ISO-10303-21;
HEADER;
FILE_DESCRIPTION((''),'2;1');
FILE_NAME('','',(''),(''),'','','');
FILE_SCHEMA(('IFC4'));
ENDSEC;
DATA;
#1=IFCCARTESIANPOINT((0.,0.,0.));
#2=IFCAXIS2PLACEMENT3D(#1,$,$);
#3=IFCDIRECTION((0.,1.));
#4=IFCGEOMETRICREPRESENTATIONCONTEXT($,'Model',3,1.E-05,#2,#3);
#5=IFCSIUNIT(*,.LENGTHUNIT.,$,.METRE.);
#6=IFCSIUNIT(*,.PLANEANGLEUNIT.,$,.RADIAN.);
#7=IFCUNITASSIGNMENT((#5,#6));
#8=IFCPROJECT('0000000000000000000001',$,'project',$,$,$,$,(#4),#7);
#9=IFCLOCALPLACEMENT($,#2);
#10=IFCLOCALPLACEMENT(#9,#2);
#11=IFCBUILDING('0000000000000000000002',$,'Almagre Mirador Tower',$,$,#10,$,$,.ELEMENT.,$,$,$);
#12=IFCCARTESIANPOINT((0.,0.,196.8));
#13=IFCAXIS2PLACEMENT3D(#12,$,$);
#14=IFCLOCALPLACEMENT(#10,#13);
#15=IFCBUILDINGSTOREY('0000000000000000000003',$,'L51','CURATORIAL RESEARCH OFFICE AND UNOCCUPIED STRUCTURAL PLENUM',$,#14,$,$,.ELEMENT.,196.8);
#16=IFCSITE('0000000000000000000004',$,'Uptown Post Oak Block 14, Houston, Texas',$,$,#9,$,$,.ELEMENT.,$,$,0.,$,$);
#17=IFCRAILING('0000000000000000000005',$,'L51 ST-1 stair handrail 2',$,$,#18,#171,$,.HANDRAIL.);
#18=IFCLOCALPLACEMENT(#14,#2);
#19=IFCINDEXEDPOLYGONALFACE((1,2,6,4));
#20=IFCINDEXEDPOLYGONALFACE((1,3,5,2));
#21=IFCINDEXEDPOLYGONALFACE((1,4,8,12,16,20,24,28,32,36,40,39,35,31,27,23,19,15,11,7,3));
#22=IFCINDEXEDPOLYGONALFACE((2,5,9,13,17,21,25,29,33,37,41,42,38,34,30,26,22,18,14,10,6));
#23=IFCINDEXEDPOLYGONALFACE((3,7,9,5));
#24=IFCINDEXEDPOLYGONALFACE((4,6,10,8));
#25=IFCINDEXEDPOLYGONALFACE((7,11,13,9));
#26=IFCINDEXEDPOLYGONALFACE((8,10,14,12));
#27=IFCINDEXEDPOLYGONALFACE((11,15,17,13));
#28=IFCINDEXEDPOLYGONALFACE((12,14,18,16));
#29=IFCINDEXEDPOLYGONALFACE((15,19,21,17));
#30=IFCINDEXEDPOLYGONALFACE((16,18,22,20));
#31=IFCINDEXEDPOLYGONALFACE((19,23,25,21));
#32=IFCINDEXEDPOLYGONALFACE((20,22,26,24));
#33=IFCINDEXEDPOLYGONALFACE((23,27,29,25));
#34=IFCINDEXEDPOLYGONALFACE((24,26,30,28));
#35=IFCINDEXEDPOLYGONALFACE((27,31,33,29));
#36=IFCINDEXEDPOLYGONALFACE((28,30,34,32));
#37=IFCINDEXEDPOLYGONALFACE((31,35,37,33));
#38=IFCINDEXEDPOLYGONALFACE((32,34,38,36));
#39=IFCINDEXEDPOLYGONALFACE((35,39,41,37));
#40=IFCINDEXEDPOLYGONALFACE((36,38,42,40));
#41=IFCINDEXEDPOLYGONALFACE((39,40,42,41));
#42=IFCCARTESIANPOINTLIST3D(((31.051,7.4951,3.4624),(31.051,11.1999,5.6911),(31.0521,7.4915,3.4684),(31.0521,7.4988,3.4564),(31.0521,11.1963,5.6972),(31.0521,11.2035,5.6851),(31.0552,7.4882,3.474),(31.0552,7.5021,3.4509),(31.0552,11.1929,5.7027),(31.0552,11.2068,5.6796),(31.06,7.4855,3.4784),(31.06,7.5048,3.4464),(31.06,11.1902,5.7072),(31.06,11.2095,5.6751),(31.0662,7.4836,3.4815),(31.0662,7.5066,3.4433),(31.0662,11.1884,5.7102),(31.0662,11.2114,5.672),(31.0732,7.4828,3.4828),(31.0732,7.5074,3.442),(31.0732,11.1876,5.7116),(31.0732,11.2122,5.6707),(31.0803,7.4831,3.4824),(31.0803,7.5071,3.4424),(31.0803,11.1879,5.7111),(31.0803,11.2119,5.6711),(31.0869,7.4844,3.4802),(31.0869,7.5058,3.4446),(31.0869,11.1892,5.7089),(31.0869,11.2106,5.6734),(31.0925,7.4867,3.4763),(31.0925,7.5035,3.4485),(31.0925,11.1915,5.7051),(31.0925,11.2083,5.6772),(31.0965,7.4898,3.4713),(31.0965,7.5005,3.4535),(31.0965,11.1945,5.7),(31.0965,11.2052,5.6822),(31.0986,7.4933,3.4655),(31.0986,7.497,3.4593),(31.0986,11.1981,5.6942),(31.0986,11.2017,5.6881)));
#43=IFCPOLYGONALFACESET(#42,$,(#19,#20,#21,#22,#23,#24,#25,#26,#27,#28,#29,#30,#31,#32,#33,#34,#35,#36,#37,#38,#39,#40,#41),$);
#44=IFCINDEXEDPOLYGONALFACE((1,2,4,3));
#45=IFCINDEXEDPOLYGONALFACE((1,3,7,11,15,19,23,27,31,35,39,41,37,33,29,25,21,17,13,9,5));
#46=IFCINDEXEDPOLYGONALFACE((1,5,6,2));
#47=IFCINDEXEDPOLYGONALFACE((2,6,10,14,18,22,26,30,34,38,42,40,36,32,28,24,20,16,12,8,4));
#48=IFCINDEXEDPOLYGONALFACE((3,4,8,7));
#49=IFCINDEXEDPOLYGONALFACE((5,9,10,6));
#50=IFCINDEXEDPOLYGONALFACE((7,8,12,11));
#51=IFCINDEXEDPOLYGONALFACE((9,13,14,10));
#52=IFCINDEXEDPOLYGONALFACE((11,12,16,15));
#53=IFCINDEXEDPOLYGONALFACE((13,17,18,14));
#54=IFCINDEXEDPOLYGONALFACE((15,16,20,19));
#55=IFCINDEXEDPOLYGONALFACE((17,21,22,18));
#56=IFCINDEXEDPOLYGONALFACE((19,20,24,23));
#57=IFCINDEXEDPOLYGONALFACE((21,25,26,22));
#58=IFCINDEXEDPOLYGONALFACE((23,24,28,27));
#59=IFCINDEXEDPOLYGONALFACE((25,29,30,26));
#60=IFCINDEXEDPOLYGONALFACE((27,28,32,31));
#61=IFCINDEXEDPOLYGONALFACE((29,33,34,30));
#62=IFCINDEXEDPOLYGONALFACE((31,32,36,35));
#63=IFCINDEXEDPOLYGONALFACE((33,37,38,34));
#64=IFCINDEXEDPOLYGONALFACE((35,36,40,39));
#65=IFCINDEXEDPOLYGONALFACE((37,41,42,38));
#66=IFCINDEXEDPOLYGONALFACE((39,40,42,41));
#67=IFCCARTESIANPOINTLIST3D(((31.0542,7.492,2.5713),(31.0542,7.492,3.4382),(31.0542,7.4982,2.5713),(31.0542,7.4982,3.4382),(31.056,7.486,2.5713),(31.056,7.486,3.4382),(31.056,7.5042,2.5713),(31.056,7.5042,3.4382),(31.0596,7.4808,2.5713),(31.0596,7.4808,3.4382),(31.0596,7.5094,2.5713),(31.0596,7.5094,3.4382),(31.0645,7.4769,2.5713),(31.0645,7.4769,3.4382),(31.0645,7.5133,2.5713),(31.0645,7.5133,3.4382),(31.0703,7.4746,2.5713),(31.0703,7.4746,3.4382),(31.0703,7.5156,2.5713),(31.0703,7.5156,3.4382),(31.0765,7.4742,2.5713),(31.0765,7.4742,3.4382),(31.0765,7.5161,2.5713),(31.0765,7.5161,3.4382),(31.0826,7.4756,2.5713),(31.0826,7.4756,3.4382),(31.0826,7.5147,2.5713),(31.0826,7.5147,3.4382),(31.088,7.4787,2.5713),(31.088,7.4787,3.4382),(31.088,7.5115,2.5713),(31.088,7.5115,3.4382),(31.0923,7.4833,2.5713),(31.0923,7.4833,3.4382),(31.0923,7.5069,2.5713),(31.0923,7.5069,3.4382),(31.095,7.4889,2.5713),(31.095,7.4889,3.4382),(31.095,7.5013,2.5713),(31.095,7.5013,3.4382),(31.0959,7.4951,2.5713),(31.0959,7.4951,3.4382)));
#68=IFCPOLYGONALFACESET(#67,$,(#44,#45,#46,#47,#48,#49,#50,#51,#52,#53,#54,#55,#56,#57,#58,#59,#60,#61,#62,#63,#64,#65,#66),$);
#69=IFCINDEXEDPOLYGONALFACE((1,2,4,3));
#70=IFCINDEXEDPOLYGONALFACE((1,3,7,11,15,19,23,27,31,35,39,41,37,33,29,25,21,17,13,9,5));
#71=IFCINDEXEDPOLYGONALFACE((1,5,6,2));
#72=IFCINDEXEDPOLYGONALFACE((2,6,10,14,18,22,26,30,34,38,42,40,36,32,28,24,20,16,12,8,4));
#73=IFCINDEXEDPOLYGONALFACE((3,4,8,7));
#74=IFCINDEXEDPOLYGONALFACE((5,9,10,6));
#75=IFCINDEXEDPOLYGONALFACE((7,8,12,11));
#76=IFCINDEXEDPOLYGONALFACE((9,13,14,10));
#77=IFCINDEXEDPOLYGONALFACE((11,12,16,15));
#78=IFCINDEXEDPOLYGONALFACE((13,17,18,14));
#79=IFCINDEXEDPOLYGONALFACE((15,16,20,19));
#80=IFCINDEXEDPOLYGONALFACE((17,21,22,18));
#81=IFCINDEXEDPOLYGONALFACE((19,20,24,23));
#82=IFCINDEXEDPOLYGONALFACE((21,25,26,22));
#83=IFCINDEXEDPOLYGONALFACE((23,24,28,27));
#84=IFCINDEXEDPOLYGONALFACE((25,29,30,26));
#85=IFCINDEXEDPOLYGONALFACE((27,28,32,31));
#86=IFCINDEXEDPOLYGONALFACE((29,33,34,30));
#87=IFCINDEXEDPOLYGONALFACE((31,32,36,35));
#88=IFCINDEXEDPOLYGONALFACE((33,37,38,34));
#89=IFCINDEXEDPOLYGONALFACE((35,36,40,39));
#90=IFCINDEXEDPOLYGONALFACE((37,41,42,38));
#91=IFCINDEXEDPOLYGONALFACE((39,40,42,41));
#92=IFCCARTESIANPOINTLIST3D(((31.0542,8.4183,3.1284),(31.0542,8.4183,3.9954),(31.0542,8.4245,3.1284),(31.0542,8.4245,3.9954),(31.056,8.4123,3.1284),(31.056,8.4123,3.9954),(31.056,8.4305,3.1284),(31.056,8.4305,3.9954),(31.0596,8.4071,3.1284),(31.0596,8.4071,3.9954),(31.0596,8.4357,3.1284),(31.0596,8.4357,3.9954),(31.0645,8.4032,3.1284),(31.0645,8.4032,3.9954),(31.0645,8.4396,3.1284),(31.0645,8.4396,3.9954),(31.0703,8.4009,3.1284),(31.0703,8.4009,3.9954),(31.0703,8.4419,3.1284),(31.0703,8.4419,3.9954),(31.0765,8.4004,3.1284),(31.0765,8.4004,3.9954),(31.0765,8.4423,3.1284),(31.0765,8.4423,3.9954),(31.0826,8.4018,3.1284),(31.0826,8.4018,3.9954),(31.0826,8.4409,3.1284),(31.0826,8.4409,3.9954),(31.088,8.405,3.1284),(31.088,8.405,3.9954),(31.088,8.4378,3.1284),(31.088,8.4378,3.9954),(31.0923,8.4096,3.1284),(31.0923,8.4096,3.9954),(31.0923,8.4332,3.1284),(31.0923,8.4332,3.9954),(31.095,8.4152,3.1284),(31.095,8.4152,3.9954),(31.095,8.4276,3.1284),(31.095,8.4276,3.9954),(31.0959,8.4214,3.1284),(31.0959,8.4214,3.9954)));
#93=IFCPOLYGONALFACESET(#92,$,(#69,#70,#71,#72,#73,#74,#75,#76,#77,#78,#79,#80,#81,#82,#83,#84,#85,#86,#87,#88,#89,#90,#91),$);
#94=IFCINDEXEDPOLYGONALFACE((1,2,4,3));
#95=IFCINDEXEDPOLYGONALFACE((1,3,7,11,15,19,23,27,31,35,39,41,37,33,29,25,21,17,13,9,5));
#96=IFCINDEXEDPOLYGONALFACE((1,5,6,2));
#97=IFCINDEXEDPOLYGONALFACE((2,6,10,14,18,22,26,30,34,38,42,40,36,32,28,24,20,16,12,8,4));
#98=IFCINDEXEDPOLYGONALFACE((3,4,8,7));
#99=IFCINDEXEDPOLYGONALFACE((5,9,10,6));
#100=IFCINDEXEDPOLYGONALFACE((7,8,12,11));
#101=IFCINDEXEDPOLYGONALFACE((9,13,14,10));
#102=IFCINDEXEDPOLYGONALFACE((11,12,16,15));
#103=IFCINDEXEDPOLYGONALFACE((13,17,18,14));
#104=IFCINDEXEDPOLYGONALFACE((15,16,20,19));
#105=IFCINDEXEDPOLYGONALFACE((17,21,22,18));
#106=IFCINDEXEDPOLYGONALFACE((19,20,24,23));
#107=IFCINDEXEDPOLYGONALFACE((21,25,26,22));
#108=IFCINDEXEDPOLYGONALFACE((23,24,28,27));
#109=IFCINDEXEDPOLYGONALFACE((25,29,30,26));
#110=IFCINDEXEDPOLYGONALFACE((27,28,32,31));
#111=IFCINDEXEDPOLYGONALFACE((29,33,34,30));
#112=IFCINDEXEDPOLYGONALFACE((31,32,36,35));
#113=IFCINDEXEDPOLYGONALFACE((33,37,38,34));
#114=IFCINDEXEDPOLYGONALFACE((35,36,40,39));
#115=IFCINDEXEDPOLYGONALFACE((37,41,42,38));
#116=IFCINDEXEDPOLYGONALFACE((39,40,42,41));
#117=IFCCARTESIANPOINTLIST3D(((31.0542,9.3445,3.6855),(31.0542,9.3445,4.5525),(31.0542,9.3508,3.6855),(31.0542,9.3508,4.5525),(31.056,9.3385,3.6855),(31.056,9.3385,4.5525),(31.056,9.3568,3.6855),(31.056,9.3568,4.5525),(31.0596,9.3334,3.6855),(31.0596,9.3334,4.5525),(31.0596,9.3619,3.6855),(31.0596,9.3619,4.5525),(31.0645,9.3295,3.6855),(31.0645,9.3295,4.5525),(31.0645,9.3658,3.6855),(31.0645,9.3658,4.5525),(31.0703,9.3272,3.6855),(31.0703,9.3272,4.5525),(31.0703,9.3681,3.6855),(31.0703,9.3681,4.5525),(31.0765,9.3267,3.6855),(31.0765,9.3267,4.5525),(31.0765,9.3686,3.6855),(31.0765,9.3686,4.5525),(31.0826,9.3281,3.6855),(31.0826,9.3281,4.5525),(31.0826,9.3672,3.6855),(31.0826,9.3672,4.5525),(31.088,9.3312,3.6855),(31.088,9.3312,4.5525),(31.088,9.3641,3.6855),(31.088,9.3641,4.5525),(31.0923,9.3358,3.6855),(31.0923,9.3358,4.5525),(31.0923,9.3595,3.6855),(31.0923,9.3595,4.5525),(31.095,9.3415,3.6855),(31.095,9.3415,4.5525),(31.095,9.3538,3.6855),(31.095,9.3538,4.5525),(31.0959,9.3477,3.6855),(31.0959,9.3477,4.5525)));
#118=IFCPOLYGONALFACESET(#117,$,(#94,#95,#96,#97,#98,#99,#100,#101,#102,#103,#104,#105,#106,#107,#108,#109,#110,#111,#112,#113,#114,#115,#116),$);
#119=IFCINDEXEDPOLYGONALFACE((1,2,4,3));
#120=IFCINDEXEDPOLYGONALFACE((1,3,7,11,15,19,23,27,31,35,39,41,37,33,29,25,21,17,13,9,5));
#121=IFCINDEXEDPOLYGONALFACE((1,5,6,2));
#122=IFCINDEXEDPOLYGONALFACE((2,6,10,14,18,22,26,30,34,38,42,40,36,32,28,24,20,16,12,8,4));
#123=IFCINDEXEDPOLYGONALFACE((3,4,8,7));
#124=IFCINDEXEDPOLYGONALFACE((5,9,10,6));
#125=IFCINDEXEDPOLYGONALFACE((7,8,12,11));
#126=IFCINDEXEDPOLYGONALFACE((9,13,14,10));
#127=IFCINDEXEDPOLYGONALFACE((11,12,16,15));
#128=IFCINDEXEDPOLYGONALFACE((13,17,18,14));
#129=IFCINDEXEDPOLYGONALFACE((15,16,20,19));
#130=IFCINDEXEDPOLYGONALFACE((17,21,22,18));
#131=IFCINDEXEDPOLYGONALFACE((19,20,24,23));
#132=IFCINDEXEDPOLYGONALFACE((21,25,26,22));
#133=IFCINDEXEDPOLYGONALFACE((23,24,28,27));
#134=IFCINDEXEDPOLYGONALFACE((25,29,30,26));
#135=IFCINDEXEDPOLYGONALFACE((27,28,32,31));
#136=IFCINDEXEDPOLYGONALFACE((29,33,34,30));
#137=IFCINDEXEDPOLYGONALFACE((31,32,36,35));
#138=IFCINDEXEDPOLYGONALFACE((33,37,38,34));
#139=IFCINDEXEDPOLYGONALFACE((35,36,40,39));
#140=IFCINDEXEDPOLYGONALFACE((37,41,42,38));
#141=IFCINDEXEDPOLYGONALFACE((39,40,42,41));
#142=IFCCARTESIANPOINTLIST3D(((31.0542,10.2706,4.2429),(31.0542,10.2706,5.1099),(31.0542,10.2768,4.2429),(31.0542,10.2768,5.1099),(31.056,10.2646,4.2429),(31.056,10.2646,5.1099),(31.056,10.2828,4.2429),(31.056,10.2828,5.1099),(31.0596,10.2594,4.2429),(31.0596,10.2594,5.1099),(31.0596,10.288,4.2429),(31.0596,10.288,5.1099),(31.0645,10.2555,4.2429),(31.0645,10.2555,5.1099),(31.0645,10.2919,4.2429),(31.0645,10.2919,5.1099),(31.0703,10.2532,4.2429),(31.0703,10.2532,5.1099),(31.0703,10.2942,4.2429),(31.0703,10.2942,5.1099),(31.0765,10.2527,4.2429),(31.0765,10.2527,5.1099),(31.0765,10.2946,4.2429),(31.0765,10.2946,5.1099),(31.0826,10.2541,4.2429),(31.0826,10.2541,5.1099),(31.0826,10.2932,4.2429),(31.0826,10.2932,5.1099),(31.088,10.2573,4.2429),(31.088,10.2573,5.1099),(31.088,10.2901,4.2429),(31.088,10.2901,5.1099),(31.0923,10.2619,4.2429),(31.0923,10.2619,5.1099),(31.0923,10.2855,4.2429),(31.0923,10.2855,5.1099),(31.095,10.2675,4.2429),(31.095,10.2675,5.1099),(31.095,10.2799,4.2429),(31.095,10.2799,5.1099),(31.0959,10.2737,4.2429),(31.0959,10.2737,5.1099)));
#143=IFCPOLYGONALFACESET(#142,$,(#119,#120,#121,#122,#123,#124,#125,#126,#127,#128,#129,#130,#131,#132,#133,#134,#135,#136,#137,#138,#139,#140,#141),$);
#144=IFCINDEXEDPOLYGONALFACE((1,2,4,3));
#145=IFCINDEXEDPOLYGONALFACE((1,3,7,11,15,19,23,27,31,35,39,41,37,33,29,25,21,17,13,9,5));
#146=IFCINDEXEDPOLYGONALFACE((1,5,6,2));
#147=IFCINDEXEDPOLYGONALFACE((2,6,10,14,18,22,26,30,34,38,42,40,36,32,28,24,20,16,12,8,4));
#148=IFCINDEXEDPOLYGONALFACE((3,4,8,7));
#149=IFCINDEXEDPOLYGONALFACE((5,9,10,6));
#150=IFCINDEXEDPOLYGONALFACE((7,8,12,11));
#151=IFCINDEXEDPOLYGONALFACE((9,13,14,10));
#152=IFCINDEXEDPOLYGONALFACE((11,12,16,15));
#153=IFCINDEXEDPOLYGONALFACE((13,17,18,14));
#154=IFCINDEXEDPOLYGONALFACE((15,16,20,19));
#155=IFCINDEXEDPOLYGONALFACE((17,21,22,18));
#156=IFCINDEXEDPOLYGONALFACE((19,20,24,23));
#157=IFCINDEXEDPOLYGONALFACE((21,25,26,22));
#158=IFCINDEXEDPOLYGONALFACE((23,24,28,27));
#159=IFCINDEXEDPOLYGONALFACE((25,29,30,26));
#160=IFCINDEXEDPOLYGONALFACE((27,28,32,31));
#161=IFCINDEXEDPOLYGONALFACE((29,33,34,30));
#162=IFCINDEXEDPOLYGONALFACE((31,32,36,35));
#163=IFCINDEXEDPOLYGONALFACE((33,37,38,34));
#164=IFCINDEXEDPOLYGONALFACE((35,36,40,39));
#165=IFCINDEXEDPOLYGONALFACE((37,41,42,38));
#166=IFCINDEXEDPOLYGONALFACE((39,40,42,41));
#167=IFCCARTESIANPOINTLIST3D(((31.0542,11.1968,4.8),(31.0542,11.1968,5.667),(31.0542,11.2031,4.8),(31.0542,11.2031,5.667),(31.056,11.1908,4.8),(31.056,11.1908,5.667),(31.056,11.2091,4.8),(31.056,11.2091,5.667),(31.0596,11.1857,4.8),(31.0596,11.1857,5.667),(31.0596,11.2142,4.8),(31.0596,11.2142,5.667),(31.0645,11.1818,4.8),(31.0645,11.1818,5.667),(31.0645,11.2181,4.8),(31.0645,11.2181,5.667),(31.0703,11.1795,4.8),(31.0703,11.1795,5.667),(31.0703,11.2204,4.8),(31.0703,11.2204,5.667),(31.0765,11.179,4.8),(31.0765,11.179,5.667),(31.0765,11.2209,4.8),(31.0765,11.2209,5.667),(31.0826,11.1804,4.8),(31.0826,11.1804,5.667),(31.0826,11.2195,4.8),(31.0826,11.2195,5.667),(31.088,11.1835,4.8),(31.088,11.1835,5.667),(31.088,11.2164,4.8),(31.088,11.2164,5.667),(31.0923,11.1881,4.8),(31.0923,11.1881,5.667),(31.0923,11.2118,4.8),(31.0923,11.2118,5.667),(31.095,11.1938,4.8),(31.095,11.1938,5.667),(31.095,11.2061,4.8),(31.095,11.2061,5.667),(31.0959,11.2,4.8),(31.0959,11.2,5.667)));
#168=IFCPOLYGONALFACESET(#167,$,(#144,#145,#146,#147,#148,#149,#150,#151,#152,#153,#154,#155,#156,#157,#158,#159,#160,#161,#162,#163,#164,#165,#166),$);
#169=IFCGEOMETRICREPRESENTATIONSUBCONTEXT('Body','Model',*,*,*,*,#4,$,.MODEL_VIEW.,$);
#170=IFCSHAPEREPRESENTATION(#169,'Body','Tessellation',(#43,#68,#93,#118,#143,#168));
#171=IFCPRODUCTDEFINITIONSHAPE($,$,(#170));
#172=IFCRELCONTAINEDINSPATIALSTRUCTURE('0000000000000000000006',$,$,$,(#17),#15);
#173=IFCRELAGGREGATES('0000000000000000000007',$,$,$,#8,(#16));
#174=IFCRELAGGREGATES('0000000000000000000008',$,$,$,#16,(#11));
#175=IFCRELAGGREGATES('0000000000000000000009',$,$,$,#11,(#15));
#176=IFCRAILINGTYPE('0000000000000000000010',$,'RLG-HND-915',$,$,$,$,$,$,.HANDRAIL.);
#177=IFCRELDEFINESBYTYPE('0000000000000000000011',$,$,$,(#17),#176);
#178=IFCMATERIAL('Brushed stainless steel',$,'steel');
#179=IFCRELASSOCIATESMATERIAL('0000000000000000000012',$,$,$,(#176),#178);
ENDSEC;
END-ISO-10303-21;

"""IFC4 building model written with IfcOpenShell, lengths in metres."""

from ifc_helpers import new_model, si_unit, direction, frame, origin, origin_2d, place, context, subcontext, project, spatial, circle, extrude, material, type_object, element, save


model = new_model("IFC4")

# Units and contexts
model_context = context("Model", 3, precision=1e-05, world=origin(), true_north=direction((0.0, 1.0)))
body_context = subcontext(model_context, "Body", "Model", "MODEL_VIEW")
ifc_project = project(units=[si_unit("LENGTHUNIT", "METRE"), si_unit("PLANEANGLEUNIT", "RADIAN")], contexts=[model_context])

# Site, building, storey
site_placement = place(None, origin())
site = spatial("IfcSite", under=ifc_project, at=site_placement, Name="Uptown Post Oak Block 14, Houston, Texas", CompositionType="ELEMENT", RefElevation=0.0)
building_placement = place(site_placement, origin())
building = spatial("IfcBuilding", under=site, at=building_placement, Name="Almagre Mirador Tower", CompositionType="ELEMENT")
storey_placement = place(building_placement, frame((0.0, 0.0, 196.8)))
storey = spatial("IfcBuildingStorey", under=building, at=storey_placement, Name="L51", Description="CURATORIAL RESEARCH OFFICE AND UNOCCUPIED STRUCTURAL PLENUM", CompositionType="ELEMENT", Elevation=196.8)

# Railing
ifc_material_1 = material(Name="Brushed stainless steel", Category="steel")
railing_type_1 = type_object("IfcRailingType", Name="RLG-HND-915", PredefinedType="HANDRAIL", material=ifc_material_1)
railing_1_placement = place(storey_placement, frame((31.075, 7.4951, 2.5713)))
element("IfcRailing", 1, at=railing_1_placement, inside=storey, type_object=railing_type_1, Name="L51 ST-1 stair handrail 2", PredefinedType="HANDRAIL", context=body_context, shape_type="SweptSolid", body=[
    extrude(circle(Radius=0.0239, at=origin_2d()), frame((0.0, 0.0, 0.8911), z_axis=(0.0, 0.856894, 0.515492), x_axis=(-1.0, 0.0, 0.0)), (0.0, 0.0, 1.0), 4.3235),
    extrude(circle(Radius=0.021, at=origin_2d()), origin(), (0.0, 0.0, 1.0), 0.8669),
    extrude(circle(Radius=0.021, at=origin_2d()), frame((0.0, 0.9263, 0.5571)), (0.0, 0.0, 1.0), 0.8669),
    extrude(circle(Radius=0.021, at=origin_2d()), frame((0.0, 1.8525, 1.1143)), (0.0, 0.0, 1.0), 0.8669),
    extrude(circle(Radius=0.021, at=origin_2d()), frame((0.0, 2.7786, 1.6716)), (0.0, 0.0, 1.0), 0.8669),
    extrude(circle(Radius=0.021, at=origin_2d()), frame((0.0, 3.7048, 2.2288)), (0.0, 0.0, 1.0), 0.8669),
])

save(model, "model.ifc")
